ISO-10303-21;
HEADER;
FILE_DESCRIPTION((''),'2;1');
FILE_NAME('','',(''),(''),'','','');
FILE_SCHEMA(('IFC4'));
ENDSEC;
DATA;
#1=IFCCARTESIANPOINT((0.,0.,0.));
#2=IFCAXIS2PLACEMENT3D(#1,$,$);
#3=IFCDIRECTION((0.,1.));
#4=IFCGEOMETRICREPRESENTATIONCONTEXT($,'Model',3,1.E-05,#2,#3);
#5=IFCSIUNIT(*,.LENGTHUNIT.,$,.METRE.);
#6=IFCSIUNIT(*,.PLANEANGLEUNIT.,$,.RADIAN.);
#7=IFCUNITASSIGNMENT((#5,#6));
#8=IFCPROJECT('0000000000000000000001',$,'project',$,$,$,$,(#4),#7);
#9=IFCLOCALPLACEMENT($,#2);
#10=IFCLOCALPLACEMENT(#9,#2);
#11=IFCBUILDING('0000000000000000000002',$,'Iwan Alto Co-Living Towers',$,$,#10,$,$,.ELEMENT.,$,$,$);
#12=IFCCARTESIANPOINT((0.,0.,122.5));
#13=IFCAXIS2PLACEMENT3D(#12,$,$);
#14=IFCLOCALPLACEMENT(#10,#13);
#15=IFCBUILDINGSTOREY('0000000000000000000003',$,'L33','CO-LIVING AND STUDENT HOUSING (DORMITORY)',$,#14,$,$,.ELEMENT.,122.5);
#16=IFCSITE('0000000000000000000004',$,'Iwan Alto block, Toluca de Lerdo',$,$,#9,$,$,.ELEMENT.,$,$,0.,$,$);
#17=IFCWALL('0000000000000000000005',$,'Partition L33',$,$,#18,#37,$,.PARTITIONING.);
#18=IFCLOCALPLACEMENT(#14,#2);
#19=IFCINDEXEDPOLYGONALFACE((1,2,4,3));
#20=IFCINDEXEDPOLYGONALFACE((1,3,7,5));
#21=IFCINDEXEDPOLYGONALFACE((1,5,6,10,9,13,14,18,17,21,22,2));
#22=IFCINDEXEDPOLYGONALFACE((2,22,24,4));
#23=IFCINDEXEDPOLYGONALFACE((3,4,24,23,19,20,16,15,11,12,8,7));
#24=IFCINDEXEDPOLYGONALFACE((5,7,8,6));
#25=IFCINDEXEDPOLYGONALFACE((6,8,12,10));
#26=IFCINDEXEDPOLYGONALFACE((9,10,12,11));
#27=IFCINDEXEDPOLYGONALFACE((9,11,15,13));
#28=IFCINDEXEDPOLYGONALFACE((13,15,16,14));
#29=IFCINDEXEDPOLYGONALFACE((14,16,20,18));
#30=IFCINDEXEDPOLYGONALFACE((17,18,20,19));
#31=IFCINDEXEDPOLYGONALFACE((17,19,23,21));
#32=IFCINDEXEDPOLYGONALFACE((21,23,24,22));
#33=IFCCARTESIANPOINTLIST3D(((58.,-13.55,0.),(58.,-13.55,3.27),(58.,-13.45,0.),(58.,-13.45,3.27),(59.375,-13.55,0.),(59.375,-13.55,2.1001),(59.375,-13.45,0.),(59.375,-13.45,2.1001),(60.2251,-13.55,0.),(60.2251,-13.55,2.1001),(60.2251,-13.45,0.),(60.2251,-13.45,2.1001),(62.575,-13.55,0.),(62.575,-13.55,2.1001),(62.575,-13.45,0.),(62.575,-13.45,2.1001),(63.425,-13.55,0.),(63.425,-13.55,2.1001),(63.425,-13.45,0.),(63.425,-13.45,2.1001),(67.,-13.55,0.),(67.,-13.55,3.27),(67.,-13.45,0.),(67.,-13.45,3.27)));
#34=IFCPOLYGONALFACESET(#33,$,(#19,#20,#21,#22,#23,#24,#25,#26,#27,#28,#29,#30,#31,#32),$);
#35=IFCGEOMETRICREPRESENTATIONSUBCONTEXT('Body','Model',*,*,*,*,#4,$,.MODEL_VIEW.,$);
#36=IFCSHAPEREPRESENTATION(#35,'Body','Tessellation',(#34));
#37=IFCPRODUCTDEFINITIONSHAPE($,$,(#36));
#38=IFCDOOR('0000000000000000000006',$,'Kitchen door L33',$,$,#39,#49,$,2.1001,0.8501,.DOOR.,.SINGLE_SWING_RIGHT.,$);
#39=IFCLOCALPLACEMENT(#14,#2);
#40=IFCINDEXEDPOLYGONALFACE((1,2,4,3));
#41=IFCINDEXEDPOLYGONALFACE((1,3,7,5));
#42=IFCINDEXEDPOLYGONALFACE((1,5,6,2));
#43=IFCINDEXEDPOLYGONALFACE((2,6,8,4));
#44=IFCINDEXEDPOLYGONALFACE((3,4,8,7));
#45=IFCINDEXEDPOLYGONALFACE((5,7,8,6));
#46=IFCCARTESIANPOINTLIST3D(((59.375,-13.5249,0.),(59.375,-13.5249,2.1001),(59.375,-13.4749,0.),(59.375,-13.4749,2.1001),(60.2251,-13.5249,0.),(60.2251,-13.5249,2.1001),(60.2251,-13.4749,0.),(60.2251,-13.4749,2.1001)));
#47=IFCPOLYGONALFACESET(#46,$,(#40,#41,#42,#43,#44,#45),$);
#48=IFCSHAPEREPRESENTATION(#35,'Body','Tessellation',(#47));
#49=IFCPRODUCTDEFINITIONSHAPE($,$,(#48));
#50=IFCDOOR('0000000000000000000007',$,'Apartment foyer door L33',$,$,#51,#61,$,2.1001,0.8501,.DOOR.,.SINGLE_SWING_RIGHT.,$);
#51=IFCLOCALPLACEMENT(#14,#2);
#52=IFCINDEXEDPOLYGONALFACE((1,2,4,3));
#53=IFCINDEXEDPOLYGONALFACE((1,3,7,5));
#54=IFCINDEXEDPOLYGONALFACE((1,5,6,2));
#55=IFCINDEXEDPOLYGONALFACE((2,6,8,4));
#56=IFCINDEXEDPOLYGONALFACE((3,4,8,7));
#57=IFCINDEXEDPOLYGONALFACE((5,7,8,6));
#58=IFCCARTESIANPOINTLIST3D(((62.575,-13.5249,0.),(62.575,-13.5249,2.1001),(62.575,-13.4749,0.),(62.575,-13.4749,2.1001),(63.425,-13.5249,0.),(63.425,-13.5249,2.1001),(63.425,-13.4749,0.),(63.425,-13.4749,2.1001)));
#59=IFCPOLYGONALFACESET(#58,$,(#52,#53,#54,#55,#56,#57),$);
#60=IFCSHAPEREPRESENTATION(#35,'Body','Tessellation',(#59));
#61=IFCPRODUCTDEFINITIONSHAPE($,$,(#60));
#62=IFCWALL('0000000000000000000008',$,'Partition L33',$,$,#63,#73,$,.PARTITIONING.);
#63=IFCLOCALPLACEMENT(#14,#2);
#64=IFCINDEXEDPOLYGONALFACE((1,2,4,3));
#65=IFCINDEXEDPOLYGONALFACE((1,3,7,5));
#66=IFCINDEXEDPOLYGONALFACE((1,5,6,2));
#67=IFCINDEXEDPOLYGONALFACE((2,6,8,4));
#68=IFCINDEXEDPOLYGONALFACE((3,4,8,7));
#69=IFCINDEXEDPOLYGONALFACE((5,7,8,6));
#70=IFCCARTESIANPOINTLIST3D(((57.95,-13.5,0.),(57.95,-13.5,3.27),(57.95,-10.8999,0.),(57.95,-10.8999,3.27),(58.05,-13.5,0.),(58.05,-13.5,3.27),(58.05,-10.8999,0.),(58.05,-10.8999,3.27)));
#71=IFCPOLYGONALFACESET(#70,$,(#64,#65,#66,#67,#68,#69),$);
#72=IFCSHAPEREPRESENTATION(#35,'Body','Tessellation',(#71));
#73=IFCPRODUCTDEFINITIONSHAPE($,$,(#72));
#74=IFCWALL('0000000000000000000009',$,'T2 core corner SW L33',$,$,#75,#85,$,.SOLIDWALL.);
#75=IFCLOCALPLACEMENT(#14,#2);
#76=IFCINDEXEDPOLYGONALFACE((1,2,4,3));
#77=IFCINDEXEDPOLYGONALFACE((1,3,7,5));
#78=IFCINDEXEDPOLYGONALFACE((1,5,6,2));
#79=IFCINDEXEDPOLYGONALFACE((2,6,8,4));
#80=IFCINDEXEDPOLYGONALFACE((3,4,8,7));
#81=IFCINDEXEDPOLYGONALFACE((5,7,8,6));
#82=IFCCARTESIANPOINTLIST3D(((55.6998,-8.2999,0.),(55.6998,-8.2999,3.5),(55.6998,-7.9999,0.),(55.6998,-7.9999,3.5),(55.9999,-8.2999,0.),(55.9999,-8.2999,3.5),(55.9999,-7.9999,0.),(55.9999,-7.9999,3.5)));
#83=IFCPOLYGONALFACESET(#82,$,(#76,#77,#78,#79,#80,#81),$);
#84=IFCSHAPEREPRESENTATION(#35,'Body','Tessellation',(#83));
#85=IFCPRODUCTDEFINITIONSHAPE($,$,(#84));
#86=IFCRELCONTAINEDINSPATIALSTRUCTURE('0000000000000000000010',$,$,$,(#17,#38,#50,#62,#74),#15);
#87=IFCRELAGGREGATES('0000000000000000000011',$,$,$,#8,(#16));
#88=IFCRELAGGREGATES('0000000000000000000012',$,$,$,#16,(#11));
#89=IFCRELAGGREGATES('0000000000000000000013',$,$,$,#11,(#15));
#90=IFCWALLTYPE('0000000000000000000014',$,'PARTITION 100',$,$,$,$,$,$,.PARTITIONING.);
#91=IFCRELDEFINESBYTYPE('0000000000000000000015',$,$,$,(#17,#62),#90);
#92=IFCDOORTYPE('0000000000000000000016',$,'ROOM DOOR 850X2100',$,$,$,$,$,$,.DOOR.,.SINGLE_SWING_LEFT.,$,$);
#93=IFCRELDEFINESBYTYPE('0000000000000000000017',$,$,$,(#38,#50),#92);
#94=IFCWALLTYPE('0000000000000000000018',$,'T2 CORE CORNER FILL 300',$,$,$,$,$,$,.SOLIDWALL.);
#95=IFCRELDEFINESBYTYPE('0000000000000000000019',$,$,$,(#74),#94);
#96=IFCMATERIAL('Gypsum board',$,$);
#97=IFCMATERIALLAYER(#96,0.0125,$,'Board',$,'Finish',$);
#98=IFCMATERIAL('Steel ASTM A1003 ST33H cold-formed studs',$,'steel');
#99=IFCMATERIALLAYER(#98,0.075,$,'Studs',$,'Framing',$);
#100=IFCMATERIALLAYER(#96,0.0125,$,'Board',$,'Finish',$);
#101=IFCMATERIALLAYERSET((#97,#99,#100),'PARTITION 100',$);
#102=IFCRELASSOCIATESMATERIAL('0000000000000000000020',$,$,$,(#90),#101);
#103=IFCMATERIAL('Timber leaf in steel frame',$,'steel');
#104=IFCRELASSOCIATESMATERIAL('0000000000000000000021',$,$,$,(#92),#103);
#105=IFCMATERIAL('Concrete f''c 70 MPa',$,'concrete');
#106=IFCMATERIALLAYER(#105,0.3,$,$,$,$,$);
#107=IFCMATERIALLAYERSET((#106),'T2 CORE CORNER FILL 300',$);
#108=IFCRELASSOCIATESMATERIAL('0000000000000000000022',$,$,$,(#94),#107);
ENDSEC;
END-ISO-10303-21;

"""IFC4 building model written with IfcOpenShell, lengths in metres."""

from ifc_helpers import new_model, si_unit, direction, frame, frame_2d, origin, place, context, subcontext, project, spatial, rectangle, extrude, material, layer, layer_set, type_object, element, fill, save


model = new_model("IFC4")

# Units and contexts
model_context = context("Model", 3, precision=1e-05, world=origin(), true_north=direction((0.0, 1.0)))
body_context = subcontext(model_context, "Body", "Model", "MODEL_VIEW")
ifc_project = project(units=[si_unit("LENGTHUNIT", "METRE"), si_unit("PLANEANGLEUNIT", "RADIAN")], contexts=[model_context])

# Site, building, storey
site_placement = place(None, origin())
site = spatial("IfcSite", under=ifc_project, at=site_placement, Name="Iwan Alto block, Toluca de Lerdo", CompositionType="ELEMENT", RefElevation=0.0)
building_placement = place(site_placement, origin())
building = spatial("IfcBuilding", under=site, at=building_placement, Name="Iwan Alto Co-Living Towers", CompositionType="ELEMENT")
storey_placement = place(building_placement, frame((0.0, 0.0, 122.5)))
storey = spatial("IfcBuildingStorey", under=building, at=storey_placement, Name="L33", Description="CO-LIVING AND STUDENT HOUSING (DORMITORY)", CompositionType="ELEMENT", Elevation=122.5)

# Shared definitions
ifc_material_1 = material(Name="Gypsum board")
ifc_material_2 = material(Name="Steel ASTM A1003 ST33H cold-formed studs", Category="steel")

# Wall, openings, doors
ifc_layer_1 = layer(ifc_material_1, 0.0125, Name="Board", Category="Finish")
ifc_layer_2 = layer(ifc_material_2, 0.075, Name="Studs", Category="Framing")
ifc_layer_3 = layer(ifc_material_1, 0.0125, Name="Board", Category="Finish")
ifc_layer_set_1 = layer_set([ifc_layer_1, ifc_layer_2, ifc_layer_3], Name="PARTITION 100")
wall_type_1 = type_object("IfcWallType", Name="PARTITION 100", PredefinedType="PARTITIONING", material=ifc_layer_set_1)
wall_1_placement = place(storey_placement, frame((58.0, -13.5, 0.0), z_axis=(0.0, 0.0, 1.0), x_axis=(1.0, 0.0, 0.0)))
wall_1 = element("IfcWall", 1, at=wall_1_placement, inside=storey, type_object=wall_type_1, Name="Partition L33", PredefinedType="PARTITIONING", context=body_context, shape_type="SweptSolid", body=[
    extrude(rectangle(XDim=9.0, YDim=0.1001, at=frame_2d((4.5, 0.0))), origin(), (0.0, 0.0, 1.0), 3.27),
])
opening_1_placement = place(wall_1_placement, frame((1.375, 0.0, 0.0)))
opening_1 = element("IfcOpeningElement", 2, at=opening_1_placement, cuts=wall_1, PredefinedType="OPENING", context=body_context, shape_type="SweptSolid", body=[
    extrude(rectangle(XDim=0.8501, YDim=2.1001, at=frame_2d((0.425, 1.05))), frame((0.0, 0.0601, 0.0), z_axis=(0.0, -1.0, 0.0), x_axis=(1.0, 0.0, 0.0)), (0.0, 0.0, 1.0), 0.1201),
])
opening_2_placement = place(wall_1_placement, frame((4.575, 0.0, 0.0)))
opening_2 = element("IfcOpeningElement", 3, at=opening_2_placement, cuts=wall_1, PredefinedType="OPENING", context=body_context, shape_type="SweptSolid", body=[
    extrude(rectangle(XDim=0.8501, YDim=2.1001, at=frame_2d((0.425, 1.05))), frame((0.0, 0.0601, 0.0), z_axis=(0.0, -1.0, 0.0), x_axis=(1.0, 0.0, 0.0)), (0.0, 0.0, 1.0), 0.1201),
])
ifc_material_3 = material(Name="Timber leaf in steel frame", Category="steel")
door_type_1 = type_object("IfcDoorType", Name="ROOM DOOR 850X2100", OperationType="SINGLE_SWING_LEFT", PredefinedType="DOOR", material=ifc_material_3)
door_1_placement = place(opening_1_placement, frame((0.8501, 0.0, 0.0), z_axis=(0.0, 0.0, 1.0), x_axis=(-1.0, 0.0, 0.0)))
door_1 = element("IfcDoor", 4, at=door_1_placement, inside=storey, type_object=door_type_1, Name="Kitchen door L33", OperationType="SINGLE_SWING_RIGHT", OverallHeight=2.1001, OverallWidth=0.8501, PredefinedType="DOOR", context=body_context, shape_type="SweptSolid", body=[
    extrude(rectangle(XDim=0.8501, YDim=2.1001, at=frame_2d((0.425, 1.05))), frame((0.0, 0.0249, 0.0), z_axis=(0.0, -1.0, 0.0), x_axis=(1.0, 0.0, 0.0)), (0.0, 0.0, 1.0), 0.05),
])
fill(opening_1, door_1)
door_2_placement = place(opening_2_placement, frame((0.8501, 0.0, 0.0), z_axis=(0.0, 0.0, 1.0), x_axis=(-1.0, 0.0, 0.0)))
door_2 = element("IfcDoor", 5, at=door_2_placement, inside=storey, type_object=door_type_1, Name="Apartment foyer door L33", OperationType="SINGLE_SWING_RIGHT", OverallHeight=2.1001, OverallWidth=0.8501, PredefinedType="DOOR", context=body_context, shape_type="SweptSolid", body=[
    extrude(rectangle(XDim=0.8501, YDim=2.1001, at=frame_2d((0.425, 1.05))), frame((0.0, 0.0249, 0.0), z_axis=(0.0, -1.0, 0.0), x_axis=(1.0, 0.0, 0.0)), (0.0, 0.0, 1.0), 0.05),
])
fill(opening_2, door_2)

# Walls
wall_2_placement = place(storey_placement, frame((58.0, -13.5, 0.0), z_axis=(0.0, 0.0, 1.0), x_axis=(0.0, 1.0, 0.0)))
element("IfcWall", 6, at=wall_2_placement, inside=storey, type_object=wall_type_1, Name="Partition L33", PredefinedType="PARTITIONING", context=body_context, shape_type="SweptSolid", body=[
    extrude(rectangle(XDim=2.6001, YDim=0.1001, at=frame_2d((1.3, 0.0))), origin(), (0.0, 0.0, 1.0), 3.27),
])
ifc_material_4 = material(Name="Concrete f'c 70 MPa", Category="concrete")
ifc_layer_4 = layer(ifc_material_4, 0.3)
ifc_layer_set_2 = layer_set([ifc_layer_4], Name="T2 CORE CORNER FILL 300")
wall_type_2 = type_object("IfcWallType", Name="T2 CORE CORNER FILL 300", PredefinedType="SOLIDWALL", material=ifc_layer_set_2)
wall_3_placement = place(storey_placement, frame((55.7, -8.1499, 0.0), z_axis=(0.0, 0.0, 1.0), x_axis=(1.0, 0.0, 0.0)))
element("IfcWall", 7, at=wall_3_placement, inside=storey, type_object=wall_type_2, Name="T2 core corner SW L33", PredefinedType="SOLIDWALL", context=body_context, shape_type="SweptSolid", body=[
    extrude(rectangle(XDim=0.3, YDim=0.3, at=frame_2d((0.1499, 0.0))), origin(), (0.0, 0.0, 1.0), 3.5),
])

save(model, "model.ifc")
